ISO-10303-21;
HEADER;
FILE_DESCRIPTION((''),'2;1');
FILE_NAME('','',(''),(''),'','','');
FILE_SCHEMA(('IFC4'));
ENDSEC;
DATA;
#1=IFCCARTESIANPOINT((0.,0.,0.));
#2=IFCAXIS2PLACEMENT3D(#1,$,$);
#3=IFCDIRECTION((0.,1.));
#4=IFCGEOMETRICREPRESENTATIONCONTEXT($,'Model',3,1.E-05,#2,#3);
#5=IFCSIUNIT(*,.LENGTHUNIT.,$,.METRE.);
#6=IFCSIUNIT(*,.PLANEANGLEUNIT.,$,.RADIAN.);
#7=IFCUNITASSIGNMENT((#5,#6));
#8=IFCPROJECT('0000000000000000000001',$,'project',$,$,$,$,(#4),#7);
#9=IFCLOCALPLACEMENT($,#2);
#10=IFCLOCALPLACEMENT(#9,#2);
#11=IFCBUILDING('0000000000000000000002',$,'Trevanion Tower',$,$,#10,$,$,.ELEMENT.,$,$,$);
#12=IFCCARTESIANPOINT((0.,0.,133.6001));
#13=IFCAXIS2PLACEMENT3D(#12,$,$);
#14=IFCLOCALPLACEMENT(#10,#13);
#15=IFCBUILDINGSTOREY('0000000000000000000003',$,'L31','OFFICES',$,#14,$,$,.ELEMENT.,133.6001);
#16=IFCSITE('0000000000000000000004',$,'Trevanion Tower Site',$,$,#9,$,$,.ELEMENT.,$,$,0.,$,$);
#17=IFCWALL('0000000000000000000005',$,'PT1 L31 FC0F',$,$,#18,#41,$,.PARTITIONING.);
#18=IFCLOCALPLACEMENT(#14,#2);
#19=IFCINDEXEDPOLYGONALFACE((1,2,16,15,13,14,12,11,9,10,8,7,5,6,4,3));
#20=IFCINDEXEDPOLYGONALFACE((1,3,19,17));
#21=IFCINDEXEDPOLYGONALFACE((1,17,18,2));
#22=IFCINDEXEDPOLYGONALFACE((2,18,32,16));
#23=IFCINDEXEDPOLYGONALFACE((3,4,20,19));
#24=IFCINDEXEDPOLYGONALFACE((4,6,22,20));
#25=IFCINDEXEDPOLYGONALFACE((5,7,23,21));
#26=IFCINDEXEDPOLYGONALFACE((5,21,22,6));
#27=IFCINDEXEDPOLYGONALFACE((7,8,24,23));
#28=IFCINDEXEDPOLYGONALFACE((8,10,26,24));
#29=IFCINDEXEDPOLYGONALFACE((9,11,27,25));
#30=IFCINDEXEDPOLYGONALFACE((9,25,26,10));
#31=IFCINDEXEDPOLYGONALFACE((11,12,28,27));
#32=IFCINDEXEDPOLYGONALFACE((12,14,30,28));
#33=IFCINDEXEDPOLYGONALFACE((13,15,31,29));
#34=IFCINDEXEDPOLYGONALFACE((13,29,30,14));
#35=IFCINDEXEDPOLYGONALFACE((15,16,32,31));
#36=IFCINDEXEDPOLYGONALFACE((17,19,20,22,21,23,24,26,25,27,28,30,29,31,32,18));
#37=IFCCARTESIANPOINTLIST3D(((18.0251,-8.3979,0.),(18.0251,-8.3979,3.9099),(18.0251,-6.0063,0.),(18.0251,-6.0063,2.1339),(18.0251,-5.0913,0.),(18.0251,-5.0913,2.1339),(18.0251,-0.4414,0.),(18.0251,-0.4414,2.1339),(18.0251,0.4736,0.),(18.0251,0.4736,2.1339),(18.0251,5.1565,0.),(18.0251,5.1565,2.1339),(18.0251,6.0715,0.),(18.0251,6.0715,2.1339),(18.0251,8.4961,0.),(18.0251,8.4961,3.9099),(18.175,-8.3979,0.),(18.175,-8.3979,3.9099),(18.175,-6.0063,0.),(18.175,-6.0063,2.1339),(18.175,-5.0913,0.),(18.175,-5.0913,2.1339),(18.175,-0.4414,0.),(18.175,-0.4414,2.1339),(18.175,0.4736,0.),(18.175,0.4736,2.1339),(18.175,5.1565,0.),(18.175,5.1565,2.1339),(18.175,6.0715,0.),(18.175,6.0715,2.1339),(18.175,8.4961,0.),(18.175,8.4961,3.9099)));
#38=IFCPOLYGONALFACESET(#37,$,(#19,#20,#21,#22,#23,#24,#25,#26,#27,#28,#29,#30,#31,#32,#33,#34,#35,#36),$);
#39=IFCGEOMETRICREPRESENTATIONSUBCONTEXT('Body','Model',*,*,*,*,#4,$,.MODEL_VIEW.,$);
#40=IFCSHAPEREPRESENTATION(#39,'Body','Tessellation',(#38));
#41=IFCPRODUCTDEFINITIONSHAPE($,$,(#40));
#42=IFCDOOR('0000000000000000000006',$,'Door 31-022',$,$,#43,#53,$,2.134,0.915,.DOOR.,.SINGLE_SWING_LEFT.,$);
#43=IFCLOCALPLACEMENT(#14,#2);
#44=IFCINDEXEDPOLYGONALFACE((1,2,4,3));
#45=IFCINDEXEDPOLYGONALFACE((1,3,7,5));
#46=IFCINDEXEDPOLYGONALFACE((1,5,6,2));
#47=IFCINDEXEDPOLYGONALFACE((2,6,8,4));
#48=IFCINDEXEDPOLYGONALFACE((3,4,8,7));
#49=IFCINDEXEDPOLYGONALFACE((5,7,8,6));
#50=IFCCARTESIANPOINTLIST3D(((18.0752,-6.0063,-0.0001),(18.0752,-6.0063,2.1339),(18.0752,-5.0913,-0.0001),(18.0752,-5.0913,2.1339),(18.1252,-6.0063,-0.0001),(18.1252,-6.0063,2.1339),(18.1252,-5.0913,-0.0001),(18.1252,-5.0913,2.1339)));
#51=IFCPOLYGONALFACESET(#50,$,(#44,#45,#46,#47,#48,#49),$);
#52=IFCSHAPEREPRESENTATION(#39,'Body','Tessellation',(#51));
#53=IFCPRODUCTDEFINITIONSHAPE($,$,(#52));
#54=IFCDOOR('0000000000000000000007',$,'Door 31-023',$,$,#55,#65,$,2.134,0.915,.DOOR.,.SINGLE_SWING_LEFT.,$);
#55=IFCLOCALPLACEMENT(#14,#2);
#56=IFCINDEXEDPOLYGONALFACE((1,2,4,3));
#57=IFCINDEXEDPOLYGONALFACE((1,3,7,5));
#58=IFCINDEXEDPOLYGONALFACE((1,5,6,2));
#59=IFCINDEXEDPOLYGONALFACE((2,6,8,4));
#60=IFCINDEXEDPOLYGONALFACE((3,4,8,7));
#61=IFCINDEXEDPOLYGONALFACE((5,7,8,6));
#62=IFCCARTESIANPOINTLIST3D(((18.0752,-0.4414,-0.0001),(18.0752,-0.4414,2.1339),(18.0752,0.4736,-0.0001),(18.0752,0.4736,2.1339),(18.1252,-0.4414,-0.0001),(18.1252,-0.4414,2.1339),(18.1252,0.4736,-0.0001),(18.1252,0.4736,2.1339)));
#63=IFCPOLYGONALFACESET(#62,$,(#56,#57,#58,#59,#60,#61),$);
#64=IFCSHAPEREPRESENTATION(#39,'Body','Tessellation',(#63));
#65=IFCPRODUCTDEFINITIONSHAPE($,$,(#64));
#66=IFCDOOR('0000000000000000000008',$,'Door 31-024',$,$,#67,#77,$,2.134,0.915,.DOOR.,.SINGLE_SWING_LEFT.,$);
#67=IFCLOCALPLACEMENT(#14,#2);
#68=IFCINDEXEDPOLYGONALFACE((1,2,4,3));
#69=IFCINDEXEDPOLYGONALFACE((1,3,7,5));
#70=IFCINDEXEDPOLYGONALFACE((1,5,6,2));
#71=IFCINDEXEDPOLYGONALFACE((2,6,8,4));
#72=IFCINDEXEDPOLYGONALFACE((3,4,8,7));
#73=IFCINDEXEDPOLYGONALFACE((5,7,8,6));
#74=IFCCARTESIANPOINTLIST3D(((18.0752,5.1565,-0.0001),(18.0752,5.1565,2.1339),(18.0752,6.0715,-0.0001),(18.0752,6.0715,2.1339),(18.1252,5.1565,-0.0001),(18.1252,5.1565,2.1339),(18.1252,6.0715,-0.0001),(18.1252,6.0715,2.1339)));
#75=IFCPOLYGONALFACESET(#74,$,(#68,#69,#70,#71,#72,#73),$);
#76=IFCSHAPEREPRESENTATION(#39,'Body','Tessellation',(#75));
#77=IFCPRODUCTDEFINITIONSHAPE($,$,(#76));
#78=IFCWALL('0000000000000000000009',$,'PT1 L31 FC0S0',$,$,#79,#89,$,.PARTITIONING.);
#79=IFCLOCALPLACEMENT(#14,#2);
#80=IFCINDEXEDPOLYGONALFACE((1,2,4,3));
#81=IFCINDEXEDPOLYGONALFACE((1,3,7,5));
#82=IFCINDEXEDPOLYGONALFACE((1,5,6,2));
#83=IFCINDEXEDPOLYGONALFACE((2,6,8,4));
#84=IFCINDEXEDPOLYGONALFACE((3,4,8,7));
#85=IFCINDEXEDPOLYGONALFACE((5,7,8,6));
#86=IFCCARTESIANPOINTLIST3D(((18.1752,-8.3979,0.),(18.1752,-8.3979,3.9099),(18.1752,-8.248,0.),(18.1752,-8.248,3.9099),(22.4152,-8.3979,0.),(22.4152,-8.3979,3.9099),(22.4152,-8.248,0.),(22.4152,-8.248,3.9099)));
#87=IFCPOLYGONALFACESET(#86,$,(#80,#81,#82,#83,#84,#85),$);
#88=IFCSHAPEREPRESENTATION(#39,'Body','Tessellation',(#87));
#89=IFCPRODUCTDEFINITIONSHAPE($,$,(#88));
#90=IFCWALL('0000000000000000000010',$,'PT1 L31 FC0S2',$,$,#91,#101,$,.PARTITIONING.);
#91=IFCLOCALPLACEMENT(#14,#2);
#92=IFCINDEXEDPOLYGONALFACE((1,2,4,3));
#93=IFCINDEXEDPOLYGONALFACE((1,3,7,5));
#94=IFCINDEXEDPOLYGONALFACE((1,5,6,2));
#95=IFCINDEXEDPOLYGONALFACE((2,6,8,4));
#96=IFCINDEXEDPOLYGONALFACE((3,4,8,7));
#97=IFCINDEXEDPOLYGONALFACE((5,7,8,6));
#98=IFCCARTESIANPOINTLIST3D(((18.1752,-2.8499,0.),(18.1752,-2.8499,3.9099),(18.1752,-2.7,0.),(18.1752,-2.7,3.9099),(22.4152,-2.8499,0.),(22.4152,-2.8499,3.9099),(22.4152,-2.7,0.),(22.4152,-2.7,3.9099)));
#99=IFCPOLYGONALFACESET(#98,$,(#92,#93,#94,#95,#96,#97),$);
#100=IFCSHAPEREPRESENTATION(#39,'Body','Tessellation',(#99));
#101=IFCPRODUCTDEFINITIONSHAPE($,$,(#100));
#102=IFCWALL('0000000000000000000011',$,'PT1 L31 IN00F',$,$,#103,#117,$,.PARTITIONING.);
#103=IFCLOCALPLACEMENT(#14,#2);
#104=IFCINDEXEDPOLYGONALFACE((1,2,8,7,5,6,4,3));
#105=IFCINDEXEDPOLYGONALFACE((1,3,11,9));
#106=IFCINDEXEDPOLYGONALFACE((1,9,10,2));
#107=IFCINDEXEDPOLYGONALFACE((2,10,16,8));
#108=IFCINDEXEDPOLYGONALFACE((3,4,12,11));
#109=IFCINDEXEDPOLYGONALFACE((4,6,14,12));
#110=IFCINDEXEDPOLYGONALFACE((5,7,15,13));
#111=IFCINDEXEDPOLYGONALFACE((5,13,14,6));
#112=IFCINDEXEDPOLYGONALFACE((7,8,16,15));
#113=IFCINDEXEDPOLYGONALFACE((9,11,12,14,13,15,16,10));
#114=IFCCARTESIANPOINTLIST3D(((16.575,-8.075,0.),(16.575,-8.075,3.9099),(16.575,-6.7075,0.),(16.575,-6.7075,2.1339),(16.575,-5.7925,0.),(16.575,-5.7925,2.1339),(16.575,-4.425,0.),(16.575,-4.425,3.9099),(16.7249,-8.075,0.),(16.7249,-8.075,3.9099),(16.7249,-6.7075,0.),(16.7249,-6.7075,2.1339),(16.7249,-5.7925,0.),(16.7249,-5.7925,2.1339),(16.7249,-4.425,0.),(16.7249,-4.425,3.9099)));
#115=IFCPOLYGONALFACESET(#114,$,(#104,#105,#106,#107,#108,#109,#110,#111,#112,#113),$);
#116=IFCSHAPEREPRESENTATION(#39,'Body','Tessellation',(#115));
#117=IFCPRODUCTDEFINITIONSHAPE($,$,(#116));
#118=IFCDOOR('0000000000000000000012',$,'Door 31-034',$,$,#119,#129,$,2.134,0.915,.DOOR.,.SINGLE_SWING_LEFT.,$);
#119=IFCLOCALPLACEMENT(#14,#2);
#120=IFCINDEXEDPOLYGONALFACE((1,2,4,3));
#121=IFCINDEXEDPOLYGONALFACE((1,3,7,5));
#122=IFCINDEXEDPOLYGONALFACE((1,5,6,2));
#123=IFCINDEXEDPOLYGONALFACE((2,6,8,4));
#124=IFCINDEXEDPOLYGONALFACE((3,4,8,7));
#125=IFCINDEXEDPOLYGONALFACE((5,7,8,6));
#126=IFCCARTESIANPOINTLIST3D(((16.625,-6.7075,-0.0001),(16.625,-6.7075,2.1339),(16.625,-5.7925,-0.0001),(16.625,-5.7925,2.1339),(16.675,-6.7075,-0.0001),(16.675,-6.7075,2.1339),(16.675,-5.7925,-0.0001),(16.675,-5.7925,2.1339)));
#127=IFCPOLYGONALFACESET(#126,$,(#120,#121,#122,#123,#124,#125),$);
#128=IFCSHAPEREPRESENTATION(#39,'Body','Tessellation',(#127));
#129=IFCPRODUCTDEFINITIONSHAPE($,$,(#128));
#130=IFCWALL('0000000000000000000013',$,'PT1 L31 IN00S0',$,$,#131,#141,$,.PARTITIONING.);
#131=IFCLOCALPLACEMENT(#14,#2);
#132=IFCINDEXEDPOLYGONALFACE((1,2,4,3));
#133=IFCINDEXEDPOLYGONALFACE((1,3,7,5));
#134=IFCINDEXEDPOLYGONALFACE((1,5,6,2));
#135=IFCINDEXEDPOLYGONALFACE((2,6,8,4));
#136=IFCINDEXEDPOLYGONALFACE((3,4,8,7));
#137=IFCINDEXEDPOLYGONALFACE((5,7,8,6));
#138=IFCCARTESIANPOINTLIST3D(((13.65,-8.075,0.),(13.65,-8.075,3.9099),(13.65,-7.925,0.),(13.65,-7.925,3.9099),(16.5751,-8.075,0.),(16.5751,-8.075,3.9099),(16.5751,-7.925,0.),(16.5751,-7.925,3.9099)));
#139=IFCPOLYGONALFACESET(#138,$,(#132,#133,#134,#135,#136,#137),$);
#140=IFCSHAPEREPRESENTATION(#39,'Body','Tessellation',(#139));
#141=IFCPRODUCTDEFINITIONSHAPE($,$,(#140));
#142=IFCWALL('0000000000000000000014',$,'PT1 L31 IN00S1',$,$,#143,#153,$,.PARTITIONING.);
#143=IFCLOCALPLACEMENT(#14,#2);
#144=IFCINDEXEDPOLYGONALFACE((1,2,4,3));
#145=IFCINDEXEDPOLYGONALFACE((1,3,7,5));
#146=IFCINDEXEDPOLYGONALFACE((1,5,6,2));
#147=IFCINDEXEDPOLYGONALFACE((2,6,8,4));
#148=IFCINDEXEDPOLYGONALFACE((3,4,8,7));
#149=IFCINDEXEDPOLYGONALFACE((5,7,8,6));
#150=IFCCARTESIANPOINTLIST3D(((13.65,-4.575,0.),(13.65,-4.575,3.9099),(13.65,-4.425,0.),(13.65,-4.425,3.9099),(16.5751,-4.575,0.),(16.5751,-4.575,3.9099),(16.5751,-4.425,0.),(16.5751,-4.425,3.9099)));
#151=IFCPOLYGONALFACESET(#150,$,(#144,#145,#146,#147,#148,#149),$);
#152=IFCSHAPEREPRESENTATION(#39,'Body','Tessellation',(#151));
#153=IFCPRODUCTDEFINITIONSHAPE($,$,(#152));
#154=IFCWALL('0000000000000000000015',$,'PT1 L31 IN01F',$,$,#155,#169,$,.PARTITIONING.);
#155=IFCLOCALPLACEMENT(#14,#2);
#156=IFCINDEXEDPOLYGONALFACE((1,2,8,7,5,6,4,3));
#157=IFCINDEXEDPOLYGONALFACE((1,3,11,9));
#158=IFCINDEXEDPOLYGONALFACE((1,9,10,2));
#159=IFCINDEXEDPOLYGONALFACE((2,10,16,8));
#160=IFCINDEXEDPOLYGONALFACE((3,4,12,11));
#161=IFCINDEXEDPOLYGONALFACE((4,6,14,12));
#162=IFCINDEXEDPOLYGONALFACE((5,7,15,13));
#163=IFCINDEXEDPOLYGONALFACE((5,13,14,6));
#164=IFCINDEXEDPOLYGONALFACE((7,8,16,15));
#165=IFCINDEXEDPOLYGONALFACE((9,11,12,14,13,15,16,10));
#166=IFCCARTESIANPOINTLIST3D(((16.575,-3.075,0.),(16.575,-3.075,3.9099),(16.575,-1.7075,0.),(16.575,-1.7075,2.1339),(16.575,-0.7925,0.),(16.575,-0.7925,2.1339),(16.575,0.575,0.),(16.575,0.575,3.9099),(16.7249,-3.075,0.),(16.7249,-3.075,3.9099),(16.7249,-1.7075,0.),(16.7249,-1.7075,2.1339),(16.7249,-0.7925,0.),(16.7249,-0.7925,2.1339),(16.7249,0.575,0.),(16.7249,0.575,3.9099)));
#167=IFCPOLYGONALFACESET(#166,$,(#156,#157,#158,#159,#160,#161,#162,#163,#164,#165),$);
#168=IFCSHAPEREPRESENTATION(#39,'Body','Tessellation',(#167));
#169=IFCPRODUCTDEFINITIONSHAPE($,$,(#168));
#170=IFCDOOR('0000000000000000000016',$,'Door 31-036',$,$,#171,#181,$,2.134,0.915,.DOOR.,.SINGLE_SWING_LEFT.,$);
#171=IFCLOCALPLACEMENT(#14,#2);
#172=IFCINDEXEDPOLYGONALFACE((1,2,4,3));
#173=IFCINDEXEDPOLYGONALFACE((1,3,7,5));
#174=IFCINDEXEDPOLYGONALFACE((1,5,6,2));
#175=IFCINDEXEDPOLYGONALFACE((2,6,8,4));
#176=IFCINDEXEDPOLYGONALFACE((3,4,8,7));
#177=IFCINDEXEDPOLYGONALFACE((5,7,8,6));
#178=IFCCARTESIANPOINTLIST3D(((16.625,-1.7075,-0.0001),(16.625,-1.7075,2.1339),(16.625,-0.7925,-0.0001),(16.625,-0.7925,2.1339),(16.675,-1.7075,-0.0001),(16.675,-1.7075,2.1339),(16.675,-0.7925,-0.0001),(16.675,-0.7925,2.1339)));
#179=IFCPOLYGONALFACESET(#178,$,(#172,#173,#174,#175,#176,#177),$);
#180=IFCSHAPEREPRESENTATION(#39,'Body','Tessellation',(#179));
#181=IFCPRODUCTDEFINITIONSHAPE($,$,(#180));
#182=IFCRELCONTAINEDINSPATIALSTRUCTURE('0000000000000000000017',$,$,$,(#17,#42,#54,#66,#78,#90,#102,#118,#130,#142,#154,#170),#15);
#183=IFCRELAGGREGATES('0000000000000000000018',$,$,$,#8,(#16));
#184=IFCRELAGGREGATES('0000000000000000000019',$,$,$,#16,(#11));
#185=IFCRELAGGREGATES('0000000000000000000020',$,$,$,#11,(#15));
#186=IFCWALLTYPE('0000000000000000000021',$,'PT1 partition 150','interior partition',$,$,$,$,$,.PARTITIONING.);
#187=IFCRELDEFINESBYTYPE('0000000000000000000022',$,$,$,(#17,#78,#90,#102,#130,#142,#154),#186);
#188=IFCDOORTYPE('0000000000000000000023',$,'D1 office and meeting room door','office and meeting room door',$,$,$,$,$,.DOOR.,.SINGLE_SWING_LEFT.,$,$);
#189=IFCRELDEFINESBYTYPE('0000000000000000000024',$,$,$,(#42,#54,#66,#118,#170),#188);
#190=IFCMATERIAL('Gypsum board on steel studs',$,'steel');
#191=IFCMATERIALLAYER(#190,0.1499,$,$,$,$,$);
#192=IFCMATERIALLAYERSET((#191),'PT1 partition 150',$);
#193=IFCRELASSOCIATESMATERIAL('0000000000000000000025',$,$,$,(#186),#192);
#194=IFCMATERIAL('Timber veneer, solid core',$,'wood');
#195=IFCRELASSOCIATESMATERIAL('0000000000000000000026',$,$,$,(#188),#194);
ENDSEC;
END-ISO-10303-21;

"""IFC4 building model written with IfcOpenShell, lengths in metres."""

from ifc_helpers import new_model, si_unit, direction, frame, frame_2d, origin, place, context, subcontext, project, spatial, rectangle, extrude, material, layer, layer_set, type_object, element, fill, save


model = new_model("IFC4")

# Units and contexts
model_context = context("Model", 3, precision=1e-05, world=origin(), true_north=direction((0.0, 1.0)))
body_context = subcontext(model_context, "Body", "Model", "MODEL_VIEW")
ifc_project = project(units=[si_unit("LENGTHUNIT", "METRE"), si_unit("PLANEANGLEUNIT", "RADIAN")], contexts=[model_context])

# Site, building, storey
site_placement = place(None, origin())
site = spatial("IfcSite", under=ifc_project, at=site_placement, Name="Trevanion Tower Site", CompositionType="ELEMENT", RefElevation=0.0)
building_placement = place(site_placement, origin())
building = spatial("IfcBuilding", under=site, at=building_placement, Name="Trevanion Tower", CompositionType="ELEMENT")
storey_placement = place(building_placement, frame((0.0, 0.0, 133.6001)))
storey = spatial("IfcBuildingStorey", under=building, at=storey_placement, Name="L31", Description="OFFICES", CompositionType="ELEMENT", Elevation=133.6001)

# Wall, openings, doors
ifc_material_1 = material(Name="Gypsum board on steel studs", Category="steel")
ifc_layer_1 = layer(ifc_material_1, 0.1499)
ifc_layer_set_1 = layer_set([ifc_layer_1], Name="PT1 partition 150")
wall_type = type_object("IfcWallType", Name="PT1 partition 150", Description="interior partition", PredefinedType="PARTITIONING", material=ifc_layer_set_1)
wall_1_placement = place(storey_placement, frame((18.1001, -8.3979, 0.0), z_axis=(0.0, 0.0, 1.0), x_axis=(0.0, 1.0, 0.0)))
wall_1 = element("IfcWall", 1, at=wall_1_placement, inside=storey, type_object=wall_type, Name="PT1 L31 FC0F", PredefinedType="PARTITIONING", context=body_context, shape_type="SweptSolid", body=[
    extrude(rectangle(XDim=16.894, YDim=0.1499, at=frame_2d((8.447, 0.0))), origin(), (0.0, 0.0, 1.0), 3.9099),
])
opening_1_placement = place(wall_1_placement, frame((2.3916, 0.0, 0.0)))
opening_1 = element("IfcOpeningElement", 2, at=opening_1_placement, cuts=wall_1, PredefinedType="OPENING", context=body_context, shape_type="SweptSolid", body=[
    extrude(rectangle(XDim=0.915, YDim=2.134, at=frame_2d((0.4575, 1.0669))), frame((0.0, 0.085, 0.0), z_axis=(0.0, -1.0, 0.0), x_axis=(1.0, 0.0, 0.0)), (0.0, 0.0, 1.0), 0.1699),
])
opening_2_placement = place(wall_1_placement, frame((7.9565, 0.0, 0.0)))
opening_2 = element("IfcOpeningElement", 3, at=opening_2_placement, cuts=wall_1, PredefinedType="OPENING", context=body_context, shape_type="SweptSolid", body=[
    extrude(rectangle(XDim=0.915, YDim=2.134, at=frame_2d((0.4575, 1.0669))), frame((0.0, 0.085, 0.0), z_axis=(0.0, -1.0, 0.0), x_axis=(1.0, 0.0, 0.0)), (0.0, 0.0, 1.0), 0.1699),
])
opening_3_placement = place(wall_1_placement, frame((13.5544, 0.0, 0.0)))
opening_3 = element("IfcOpeningElement", 4, at=opening_3_placement, cuts=wall_1, PredefinedType="OPENING", context=body_context, shape_type="SweptSolid", body=[
    extrude(rectangle(XDim=0.915, YDim=2.134, at=frame_2d((0.4575, 1.0669))), frame((0.0, 0.085, 0.0), z_axis=(0.0, -1.0, 0.0), x_axis=(1.0, 0.0, 0.0)), (0.0, 0.0, 1.0), 0.1699),
])
ifc_material_2 = material(Name="Timber veneer, solid core", Category="wood")
door_type = type_object("IfcDoorType", Name="D1 office and meeting room door", Description="office and meeting room door", OperationType="SINGLE_SWING_LEFT", PredefinedType="DOOR", material=ifc_material_2)
door_1_placement = place(opening_1_placement, origin())
door_1 = element("IfcDoor", 5, at=door_1_placement, inside=storey, type_object=door_type, Name="Door 31-022", OperationType="SINGLE_SWING_LEFT", OverallHeight=2.134, OverallWidth=0.915, PredefinedType="DOOR", context=body_context, shape_type="SweptSolid", body=[
    extrude(rectangle(XDim=0.915, YDim=2.134, at=frame_2d((0.4575, 1.0669))), frame((0.0, 0.0249, 0.0), z_axis=(0.0, -1.0, 0.0), x_axis=(1.0, 0.0, 0.0)), (0.0, 0.0, 1.0), 0.05),
])
fill(opening_1, door_1)
door_2_placement = place(opening_2_placement, origin())
door_2 = element("IfcDoor", 6, at=door_2_placement, inside=storey, type_object=door_type, Name="Door 31-023", OperationType="SINGLE_SWING_LEFT", OverallHeight=2.134, OverallWidth=0.915, PredefinedType="DOOR", context=body_context, shape_type="SweptSolid", body=[
    extrude(rectangle(XDim=0.915, YDim=2.134, at=frame_2d((0.4575, 1.0669))), frame((0.0, 0.0249, 0.0), z_axis=(0.0, -1.0, 0.0), x_axis=(1.0, 0.0, 0.0)), (0.0, 0.0, 1.0), 0.05),
])
fill(opening_2, door_2)
door_3_placement = place(opening_3_placement, origin())
door_3 = element("IfcDoor", 7, at=door_3_placement, inside=storey, type_object=door_type, Name="Door 31-024", OperationType="SINGLE_SWING_LEFT", OverallHeight=2.134, OverallWidth=0.915, PredefinedType="DOOR", context=body_context, shape_type="SweptSolid", body=[
    extrude(rectangle(XDim=0.915, YDim=2.134, at=frame_2d((0.4575, 1.0669))), frame((0.0, 0.0249, 0.0), z_axis=(0.0, -1.0, 0.0), x_axis=(1.0, 0.0, 0.0)), (0.0, 0.0, 1.0), 0.05),
])
fill(opening_3, door_3)

# Walls
for number, where, z_axis, x_axis, name in (
    (8, (18.175, -8.323, 0.0), (0.0, 0.0, 1.0), (1.0, 0.0, 0.0), "PT1 L31 FC0S0"),
    (9, (18.175, -2.7749, 0.0), (0.0, 0.0, 1.0), (1.0, 0.0, 0.0), "PT1 L31 FC0S2"),
):
    element("IfcWall", number, at=place(storey_placement, frame(where, z_axis=z_axis, x_axis=x_axis)), inside=storey, type_object=wall_type, Name=name, PredefinedType="PARTITIONING", context=body_context, shape_type="SweptSolid", body=[
        extrude(rectangle(XDim=4.24, YDim=0.1499, at=frame_2d((2.1201, 0.0))), origin(), (0.0, 0.0, 1.0), 3.9099),
    ])

# Wall, opening, door
wall_2_placement = place(storey_placement, frame((16.6499, -8.075, 0.0), z_axis=(0.0, 0.0, 1.0), x_axis=(0.0, 1.0, 0.0)))
wall_2 = element("IfcWall", 10, at=wall_2_placement, inside=storey, type_object=wall_type, Name="PT1 L31 IN00F", PredefinedType="PARTITIONING", context=body_context, shape_type="SweptSolid", body=[
    extrude(rectangle(XDim=3.6499, YDim=0.1499, at=frame_2d((1.825, 0.0))), origin(), (0.0, 0.0, 1.0), 3.9099),
])
opening_4_placement = place(wall_2_placement, frame((1.3674, 0.0, 0.0)))
opening_4 = element("IfcOpeningElement", 11, at=opening_4_placement, cuts=wall_2, PredefinedType="OPENING", context=body_context, shape_type="SweptSolid", body=[
    extrude(rectangle(XDim=0.915, YDim=2.134, at=frame_2d((0.4575, 1.0669))), frame((0.0, 0.085, 0.0), z_axis=(0.0, -1.0, 0.0), x_axis=(1.0, 0.0, 0.0)), (0.0, 0.0, 1.0), 0.1699),
])
door_4_placement = place(opening_4_placement, origin())
door_4 = element("IfcDoor", 12, at=door_4_placement, inside=storey, type_object=door_type, Name="Door 31-034", OperationType="SINGLE_SWING_LEFT", OverallHeight=2.134, OverallWidth=0.915, PredefinedType="DOOR", context=body_context, shape_type="SweptSolid", body=[
    extrude(rectangle(XDim=0.915, YDim=2.134, at=frame_2d((0.4575, 1.0669))), frame((0.0, 0.0249, 0.0), z_axis=(0.0, -1.0, 0.0), x_axis=(1.0, 0.0, 0.0)), (0.0, 0.0, 1.0), 0.05),
])
fill(opening_4, door_4)

# Walls
for number, where, z_axis, x_axis, name in (
    (13, (16.575, -8.0, 0.0), (0.0, 0.0, 1.0), (-1.0, 0.0, 0.0), "PT1 L31 IN00S0"),
    (14, (16.575, -4.5, 0.0), (0.0, 0.0, 1.0), (-1.0, 0.0, 0.0), "PT1 L31 IN00S1"),
):
    element("IfcWall", number, at=place(storey_placement, frame(where, z_axis=z_axis, x_axis=x_axis)), inside=storey, type_object=wall_type, Name=name, PredefinedType="PARTITIONING", context=body_context, shape_type="SweptSolid", body=[
        extrude(rectangle(XDim=2.925, YDim=0.1499, at=frame_2d((1.4624, 0.0))), origin(), (0.0, 0.0, 1.0), 3.9099),
    ])

# Wall, opening, door
wall_3_placement = place(storey_placement, frame((16.6499, -3.075, 0.0), z_axis=(0.0, 0.0, 1.0), x_axis=(0.0, 1.0, 0.0)))
wall_3 = element("IfcWall", 15, at=wall_3_placement, inside=storey, type_object=wall_type, Name="PT1 L31 IN01F", PredefinedType="PARTITIONING", context=body_context, shape_type="SweptSolid", body=[
    extrude(rectangle(XDim=3.6499, YDim=0.1499, at=frame_2d((1.825, 0.0))), origin(), (0.0, 0.0, 1.0), 3.9099),
])
opening_5_placement = place(wall_3_placement, frame((1.3674, 0.0, 0.0)))
opening_5 = element("IfcOpeningElement", 16, at=opening_5_placement, cuts=wall_3, PredefinedType="OPENING", context=body_context, shape_type="SweptSolid", body=[
    extrude(rectangle(XDim=0.915, YDim=2.134, at=frame_2d((0.4575, 1.0669))), frame((0.0, 0.085, 0.0), z_axis=(0.0, -1.0, 0.0), x_axis=(1.0, 0.0, 0.0)), (0.0, 0.0, 1.0), 0.1699),
])
door_5_placement = place(opening_5_placement, origin())
door_5 = element("IfcDoor", 17, at=door_5_placement, inside=storey, type_object=door_type, Name="Door 31-036", OperationType="SINGLE_SWING_LEFT", OverallHeight=2.134, OverallWidth=0.915, PredefinedType="DOOR", context=body_context, shape_type="SweptSolid", body=[
    extrude(rectangle(XDim=0.915, YDim=2.134, at=frame_2d((0.4575, 1.0669))), frame((0.0, 0.0249, 0.0), z_axis=(0.0, -1.0, 0.0), x_axis=(1.0, 0.0, 0.0)), (0.0, 0.0, 1.0), 0.05),
])
fill(opening_5, door_5)

save(model, "model.ifc")
